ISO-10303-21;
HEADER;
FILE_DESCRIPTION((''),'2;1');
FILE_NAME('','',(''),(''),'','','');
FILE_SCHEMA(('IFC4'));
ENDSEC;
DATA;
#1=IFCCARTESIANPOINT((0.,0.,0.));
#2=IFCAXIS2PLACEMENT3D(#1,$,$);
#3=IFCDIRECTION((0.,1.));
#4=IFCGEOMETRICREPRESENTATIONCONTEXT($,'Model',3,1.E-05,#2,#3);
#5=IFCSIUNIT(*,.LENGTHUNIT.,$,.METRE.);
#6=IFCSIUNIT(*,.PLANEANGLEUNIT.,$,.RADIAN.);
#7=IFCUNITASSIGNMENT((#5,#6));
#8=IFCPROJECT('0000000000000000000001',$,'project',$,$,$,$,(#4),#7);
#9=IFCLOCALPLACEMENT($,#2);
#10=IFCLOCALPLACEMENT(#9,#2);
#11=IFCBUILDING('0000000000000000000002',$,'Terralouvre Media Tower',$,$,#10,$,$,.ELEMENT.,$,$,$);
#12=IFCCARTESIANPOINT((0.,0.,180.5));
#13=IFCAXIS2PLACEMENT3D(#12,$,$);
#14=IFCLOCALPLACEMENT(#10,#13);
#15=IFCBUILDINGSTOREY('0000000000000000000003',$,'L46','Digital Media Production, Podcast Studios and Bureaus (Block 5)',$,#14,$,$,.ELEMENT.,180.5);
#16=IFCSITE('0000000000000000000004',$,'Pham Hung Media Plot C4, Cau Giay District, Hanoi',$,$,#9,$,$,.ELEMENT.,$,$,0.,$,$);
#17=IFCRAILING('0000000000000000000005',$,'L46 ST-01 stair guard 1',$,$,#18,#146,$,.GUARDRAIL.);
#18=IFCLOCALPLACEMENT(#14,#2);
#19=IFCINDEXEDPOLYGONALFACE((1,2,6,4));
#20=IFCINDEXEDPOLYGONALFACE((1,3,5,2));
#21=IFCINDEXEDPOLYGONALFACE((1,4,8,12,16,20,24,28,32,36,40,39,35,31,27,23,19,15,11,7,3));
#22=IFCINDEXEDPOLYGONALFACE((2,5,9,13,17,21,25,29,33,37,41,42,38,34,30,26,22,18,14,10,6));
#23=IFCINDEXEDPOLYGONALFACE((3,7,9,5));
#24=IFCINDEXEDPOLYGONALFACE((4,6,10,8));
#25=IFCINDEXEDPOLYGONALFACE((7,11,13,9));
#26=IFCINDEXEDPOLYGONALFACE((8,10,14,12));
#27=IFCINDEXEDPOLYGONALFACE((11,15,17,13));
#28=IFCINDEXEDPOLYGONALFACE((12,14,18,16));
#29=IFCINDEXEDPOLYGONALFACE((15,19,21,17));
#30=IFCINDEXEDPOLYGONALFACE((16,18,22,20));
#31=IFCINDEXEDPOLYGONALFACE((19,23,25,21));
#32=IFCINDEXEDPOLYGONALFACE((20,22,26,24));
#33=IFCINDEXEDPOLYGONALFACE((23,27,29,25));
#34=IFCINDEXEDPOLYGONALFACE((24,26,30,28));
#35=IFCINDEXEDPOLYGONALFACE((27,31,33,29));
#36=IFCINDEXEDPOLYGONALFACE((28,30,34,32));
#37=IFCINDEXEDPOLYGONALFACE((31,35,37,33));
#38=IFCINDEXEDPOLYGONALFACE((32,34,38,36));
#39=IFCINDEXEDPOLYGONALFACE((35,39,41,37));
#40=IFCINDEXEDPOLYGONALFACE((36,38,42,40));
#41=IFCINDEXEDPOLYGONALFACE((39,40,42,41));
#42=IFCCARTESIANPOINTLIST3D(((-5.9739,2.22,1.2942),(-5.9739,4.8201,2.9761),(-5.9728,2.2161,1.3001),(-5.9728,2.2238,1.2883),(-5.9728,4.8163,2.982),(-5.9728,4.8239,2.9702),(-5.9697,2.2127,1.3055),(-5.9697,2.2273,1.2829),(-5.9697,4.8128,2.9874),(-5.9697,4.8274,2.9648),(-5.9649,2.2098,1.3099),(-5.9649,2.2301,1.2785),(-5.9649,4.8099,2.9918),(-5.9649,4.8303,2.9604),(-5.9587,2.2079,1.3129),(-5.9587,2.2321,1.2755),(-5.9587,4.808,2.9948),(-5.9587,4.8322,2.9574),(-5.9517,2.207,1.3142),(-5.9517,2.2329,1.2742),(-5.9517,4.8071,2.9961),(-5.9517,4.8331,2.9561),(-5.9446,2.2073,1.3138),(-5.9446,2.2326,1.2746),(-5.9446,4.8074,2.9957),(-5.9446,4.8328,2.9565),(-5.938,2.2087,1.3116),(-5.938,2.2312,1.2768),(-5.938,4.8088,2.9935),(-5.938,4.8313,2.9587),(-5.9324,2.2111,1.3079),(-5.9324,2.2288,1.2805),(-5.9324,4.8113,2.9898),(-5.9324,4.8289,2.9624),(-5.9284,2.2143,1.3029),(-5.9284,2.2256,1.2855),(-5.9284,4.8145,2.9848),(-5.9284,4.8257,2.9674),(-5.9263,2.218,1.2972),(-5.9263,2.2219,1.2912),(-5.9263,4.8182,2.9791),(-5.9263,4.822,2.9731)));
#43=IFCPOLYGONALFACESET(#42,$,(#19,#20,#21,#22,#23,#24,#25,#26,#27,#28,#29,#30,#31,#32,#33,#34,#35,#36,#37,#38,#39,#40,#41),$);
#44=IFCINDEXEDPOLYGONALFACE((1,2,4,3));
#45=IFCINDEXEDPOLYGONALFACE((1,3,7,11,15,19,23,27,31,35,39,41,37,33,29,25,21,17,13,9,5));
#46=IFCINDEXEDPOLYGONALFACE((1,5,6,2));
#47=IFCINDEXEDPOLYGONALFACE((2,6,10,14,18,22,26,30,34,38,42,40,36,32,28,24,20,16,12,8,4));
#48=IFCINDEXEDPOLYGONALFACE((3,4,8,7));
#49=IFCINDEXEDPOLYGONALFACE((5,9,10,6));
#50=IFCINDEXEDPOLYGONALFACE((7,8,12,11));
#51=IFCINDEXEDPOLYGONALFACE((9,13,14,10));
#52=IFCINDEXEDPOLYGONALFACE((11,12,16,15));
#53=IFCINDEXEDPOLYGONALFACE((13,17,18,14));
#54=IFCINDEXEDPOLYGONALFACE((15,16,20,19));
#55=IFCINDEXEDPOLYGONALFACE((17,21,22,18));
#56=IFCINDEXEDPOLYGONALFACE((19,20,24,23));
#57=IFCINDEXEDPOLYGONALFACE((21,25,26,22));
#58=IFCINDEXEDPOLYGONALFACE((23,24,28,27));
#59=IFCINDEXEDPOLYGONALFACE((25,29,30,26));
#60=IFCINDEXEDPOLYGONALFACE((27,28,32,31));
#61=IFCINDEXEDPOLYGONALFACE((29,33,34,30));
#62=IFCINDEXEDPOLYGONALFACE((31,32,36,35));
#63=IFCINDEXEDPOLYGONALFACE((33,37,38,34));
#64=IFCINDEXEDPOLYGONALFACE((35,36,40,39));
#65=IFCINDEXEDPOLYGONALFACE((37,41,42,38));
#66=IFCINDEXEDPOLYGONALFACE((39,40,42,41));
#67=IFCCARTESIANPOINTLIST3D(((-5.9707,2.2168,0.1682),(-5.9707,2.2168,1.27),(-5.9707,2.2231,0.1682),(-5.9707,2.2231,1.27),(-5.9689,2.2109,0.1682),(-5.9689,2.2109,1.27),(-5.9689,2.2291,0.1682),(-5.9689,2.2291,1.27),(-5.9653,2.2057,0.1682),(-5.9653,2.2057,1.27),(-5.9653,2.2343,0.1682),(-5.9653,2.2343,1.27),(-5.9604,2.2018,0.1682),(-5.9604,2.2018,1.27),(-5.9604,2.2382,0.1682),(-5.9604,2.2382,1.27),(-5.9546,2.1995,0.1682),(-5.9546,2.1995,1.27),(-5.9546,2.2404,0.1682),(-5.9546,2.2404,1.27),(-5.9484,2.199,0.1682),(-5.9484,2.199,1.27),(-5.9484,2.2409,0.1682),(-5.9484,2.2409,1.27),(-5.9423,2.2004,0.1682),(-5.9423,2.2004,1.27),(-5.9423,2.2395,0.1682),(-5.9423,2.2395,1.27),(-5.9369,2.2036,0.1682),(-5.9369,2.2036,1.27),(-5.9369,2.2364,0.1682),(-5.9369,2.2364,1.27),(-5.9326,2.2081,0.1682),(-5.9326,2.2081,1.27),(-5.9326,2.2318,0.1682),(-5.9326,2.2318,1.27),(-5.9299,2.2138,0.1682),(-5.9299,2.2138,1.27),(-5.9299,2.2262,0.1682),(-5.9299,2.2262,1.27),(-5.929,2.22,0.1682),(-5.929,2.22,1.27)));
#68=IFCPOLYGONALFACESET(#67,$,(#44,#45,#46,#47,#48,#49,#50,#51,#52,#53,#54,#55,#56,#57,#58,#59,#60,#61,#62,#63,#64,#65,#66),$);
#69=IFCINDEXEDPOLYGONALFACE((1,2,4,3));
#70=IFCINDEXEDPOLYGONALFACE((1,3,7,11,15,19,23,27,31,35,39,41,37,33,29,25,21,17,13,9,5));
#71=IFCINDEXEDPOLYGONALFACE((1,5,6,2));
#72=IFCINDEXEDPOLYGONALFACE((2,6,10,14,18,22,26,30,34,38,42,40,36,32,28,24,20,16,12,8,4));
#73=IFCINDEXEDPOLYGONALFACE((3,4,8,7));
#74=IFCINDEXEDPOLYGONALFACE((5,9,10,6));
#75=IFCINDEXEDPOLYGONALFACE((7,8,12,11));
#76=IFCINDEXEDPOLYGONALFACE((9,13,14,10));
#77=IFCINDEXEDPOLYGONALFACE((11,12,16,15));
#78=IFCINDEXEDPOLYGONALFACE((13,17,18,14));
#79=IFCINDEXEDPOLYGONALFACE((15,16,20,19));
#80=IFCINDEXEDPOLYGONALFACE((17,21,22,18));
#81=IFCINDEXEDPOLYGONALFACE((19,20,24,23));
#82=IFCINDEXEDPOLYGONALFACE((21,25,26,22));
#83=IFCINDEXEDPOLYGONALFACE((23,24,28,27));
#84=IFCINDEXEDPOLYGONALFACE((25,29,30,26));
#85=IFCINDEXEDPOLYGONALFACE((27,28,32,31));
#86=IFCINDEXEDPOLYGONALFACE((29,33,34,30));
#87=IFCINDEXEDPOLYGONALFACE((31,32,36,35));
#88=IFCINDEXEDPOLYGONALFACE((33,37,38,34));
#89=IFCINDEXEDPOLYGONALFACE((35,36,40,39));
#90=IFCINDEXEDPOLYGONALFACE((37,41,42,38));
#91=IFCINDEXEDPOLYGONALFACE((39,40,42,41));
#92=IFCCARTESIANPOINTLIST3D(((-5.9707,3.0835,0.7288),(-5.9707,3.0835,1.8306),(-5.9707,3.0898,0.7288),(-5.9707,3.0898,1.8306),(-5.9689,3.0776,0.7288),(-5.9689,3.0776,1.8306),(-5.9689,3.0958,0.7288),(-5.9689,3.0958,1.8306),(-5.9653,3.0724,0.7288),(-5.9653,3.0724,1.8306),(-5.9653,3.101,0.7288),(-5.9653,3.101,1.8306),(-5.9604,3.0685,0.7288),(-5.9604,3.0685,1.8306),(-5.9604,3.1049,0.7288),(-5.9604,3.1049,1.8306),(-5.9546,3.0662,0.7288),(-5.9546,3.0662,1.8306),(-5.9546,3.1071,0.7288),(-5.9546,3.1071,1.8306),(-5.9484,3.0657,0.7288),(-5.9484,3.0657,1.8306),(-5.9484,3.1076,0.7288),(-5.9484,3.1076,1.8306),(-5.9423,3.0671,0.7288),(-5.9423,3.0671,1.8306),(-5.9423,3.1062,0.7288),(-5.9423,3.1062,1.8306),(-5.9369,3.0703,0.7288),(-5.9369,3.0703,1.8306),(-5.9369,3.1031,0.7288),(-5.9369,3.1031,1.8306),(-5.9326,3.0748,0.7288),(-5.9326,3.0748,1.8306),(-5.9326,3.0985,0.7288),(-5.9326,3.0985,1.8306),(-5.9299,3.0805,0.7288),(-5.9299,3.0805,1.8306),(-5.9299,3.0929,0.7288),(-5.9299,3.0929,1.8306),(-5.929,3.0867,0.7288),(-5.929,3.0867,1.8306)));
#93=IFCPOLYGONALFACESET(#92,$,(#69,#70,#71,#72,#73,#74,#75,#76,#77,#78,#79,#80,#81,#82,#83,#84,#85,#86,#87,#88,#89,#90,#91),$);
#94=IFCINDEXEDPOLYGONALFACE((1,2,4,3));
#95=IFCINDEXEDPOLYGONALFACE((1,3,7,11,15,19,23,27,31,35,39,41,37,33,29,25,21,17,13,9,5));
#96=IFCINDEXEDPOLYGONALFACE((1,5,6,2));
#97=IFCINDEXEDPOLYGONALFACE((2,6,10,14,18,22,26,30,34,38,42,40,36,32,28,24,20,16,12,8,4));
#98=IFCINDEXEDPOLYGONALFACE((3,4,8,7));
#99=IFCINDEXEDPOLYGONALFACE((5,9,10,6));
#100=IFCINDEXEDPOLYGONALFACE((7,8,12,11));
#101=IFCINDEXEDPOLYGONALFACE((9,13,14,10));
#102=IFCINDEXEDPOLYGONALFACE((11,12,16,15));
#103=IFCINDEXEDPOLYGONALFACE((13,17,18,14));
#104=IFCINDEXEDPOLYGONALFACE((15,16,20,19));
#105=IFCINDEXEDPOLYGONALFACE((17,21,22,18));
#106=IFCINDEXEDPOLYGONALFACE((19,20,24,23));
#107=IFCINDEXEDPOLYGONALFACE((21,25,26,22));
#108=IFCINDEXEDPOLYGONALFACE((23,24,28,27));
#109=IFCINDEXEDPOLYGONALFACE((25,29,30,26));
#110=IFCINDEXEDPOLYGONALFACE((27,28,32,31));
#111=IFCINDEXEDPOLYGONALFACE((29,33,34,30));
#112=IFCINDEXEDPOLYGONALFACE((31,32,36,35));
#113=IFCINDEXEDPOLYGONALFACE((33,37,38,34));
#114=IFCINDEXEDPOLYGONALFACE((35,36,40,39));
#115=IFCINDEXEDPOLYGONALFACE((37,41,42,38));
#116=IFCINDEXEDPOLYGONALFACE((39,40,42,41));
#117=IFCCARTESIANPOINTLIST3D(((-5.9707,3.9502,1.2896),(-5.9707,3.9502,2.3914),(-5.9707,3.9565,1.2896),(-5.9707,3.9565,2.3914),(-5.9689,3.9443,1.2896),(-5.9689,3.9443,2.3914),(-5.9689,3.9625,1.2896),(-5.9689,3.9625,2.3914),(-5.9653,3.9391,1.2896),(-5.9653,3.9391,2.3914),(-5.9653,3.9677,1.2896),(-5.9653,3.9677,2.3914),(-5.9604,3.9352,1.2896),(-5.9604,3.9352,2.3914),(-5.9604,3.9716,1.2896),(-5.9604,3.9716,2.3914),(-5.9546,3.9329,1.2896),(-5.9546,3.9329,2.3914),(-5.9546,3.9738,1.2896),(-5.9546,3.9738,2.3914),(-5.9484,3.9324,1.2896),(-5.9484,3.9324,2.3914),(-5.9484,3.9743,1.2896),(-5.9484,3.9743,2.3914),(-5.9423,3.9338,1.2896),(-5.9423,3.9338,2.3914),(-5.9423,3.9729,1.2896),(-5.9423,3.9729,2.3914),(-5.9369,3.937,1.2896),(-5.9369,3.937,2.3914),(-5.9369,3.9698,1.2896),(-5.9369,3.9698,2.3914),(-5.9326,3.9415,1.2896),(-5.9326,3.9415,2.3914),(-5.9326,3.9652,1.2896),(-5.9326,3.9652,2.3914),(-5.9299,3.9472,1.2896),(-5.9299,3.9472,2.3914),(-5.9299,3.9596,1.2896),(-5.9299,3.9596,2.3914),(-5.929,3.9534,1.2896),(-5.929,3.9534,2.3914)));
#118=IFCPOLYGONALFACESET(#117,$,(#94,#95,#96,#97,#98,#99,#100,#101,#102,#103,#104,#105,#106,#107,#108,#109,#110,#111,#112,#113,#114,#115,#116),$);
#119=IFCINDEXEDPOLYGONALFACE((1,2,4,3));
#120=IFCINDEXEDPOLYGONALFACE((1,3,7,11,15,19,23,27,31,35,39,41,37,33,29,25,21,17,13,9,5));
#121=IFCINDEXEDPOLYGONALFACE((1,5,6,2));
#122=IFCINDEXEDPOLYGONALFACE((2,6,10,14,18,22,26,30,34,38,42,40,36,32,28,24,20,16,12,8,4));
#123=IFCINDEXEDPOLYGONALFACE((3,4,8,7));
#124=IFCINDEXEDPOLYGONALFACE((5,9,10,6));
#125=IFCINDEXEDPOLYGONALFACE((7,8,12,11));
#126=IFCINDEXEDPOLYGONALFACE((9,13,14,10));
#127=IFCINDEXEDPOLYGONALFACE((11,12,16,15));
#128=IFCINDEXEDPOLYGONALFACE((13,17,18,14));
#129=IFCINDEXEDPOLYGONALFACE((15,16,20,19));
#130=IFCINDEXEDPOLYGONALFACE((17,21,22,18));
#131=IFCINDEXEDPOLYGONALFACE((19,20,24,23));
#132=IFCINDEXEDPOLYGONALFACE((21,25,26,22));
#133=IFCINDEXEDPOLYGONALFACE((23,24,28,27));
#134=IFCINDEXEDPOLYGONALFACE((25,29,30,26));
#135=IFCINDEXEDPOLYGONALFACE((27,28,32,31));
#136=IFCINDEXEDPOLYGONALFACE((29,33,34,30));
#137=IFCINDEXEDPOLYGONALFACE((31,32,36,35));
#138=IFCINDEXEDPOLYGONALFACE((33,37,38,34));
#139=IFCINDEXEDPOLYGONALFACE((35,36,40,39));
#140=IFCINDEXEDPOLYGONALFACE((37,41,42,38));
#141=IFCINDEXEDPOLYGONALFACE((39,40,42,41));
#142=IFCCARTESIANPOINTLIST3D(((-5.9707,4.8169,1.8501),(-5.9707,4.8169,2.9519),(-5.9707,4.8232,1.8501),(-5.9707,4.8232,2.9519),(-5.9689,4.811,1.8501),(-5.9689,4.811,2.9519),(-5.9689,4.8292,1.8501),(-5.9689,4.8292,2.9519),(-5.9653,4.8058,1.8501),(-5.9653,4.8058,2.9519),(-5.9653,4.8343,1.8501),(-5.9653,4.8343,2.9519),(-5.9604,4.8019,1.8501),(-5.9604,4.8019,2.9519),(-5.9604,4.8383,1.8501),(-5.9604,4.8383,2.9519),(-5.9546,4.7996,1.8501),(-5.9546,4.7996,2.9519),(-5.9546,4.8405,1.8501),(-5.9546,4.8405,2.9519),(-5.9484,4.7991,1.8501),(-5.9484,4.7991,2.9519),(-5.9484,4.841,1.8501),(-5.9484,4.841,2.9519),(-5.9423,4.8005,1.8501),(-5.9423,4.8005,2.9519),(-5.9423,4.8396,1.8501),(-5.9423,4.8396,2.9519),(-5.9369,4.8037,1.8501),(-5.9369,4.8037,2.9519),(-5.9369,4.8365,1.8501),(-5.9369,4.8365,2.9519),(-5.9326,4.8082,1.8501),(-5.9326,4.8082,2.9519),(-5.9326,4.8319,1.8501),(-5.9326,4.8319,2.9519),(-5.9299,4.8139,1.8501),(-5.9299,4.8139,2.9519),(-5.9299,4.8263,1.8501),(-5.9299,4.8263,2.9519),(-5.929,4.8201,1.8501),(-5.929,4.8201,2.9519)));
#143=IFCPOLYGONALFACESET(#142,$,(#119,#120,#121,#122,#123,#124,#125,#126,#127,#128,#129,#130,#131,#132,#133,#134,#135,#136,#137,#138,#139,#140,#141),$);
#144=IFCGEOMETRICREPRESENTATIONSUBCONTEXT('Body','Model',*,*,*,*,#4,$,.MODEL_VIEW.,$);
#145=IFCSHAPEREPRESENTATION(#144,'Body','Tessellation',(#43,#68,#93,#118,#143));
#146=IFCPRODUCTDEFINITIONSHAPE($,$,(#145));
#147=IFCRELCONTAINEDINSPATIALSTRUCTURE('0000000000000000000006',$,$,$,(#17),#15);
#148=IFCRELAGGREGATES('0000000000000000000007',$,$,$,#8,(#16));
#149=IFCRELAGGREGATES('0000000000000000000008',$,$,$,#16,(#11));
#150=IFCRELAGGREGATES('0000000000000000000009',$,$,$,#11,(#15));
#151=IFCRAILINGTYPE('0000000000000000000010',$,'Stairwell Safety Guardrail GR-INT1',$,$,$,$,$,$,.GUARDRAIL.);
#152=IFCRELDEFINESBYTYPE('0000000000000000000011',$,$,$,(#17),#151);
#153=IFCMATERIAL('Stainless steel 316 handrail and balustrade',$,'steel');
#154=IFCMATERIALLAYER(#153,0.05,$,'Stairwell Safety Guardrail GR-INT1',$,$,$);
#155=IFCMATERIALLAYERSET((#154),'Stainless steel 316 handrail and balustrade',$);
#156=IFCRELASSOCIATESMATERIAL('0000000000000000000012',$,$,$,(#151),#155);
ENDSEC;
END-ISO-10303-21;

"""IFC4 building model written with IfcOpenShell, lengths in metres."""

from ifc_helpers import new_model, si_unit, direction, frame, origin, origin_2d, place, context, subcontext, project, spatial, circle, extrude, material, layer, layer_set, type_object, element, save


model = new_model("IFC4")

# Units and contexts
model_context = context("Model", 3, precision=1e-05, world=origin(), true_north=direction((0.0, 1.0)))
body_context = subcontext(model_context, "Body", "Model", "MODEL_VIEW")
ifc_project = project(units=[si_unit("LENGTHUNIT", "METRE"), si_unit("PLANEANGLEUNIT", "RADIAN")], contexts=[model_context])

# Site, building, storey
site_placement = place(None, origin())
site = spatial("IfcSite", under=ifc_project, at=site_placement, Name="Pham Hung Media Plot C4, Cau Giay District, Hanoi", CompositionType="ELEMENT", RefElevation=0.0)
building_placement = place(site_placement, origin())
building = spatial("IfcBuilding", under=site, at=building_placement, Name="Terralouvre Media Tower", CompositionType="ELEMENT")
storey_placement = place(building_placement, frame((0.0, 0.0, 180.5)))
storey = spatial("IfcBuildingStorey", under=building, at=storey_placement, Name="L46", Description="Digital Media Production, Podcast Studios and Bureaus (Block 5)", CompositionType="ELEMENT", Elevation=180.5)

# Railing
ifc_material_1 = material(Name="Stainless steel 316 handrail and balustrade", Category="steel")
ifc_layer_1 = layer(ifc_material_1, 0.05, Name="Stairwell Safety Guardrail GR-INT1")
ifc_layer_set_1 = layer_set([ifc_layer_1], Name="Stainless steel 316 handrail and balustrade")
railing_type_1 = type_object("IfcRailingType", Name="Stairwell Safety Guardrail GR-INT1", PredefinedType="GUARDRAIL", material=ifc_layer_set_1)
railing_1_placement = place(storey_placement, frame((-5.95, 2.22, 0.1682)))
element("IfcRailing", 1, at=railing_1_placement, inside=storey, type_object=railing_type_1, Name="L46 ST-01 stair guard 1", PredefinedType="GUARDRAIL", context=body_context, shape_type="SweptSolid", body=[
    extrude(circle(Radius=0.0239, at=origin_2d()), frame((0.0, 0.0, 1.126), z_axis=(0.0, 0.839648, 0.54313), x_axis=(-1.0, 0.0, 0.0)), (0.0, 0.0, 1.0), 3.0967),
    extrude(circle(Radius=0.021, at=origin_2d()), origin(), (0.0, 0.0, 1.0), 1.1018),
    extrude(circle(Radius=0.021, at=origin_2d()), frame((0.0, 0.8667, 0.5605)), (0.0, 0.0, 1.0), 1.1018),
    extrude(circle(Radius=0.021, at=origin_2d()), frame((0.0, 1.7334, 1.1213)), (0.0, 0.0, 1.0), 1.1018),
    extrude(circle(Radius=0.021, at=origin_2d()), frame((0.0, 2.6001, 1.6819)), (0.0, 0.0, 1.0), 1.1018),
])

save(model, "model.ifc")
